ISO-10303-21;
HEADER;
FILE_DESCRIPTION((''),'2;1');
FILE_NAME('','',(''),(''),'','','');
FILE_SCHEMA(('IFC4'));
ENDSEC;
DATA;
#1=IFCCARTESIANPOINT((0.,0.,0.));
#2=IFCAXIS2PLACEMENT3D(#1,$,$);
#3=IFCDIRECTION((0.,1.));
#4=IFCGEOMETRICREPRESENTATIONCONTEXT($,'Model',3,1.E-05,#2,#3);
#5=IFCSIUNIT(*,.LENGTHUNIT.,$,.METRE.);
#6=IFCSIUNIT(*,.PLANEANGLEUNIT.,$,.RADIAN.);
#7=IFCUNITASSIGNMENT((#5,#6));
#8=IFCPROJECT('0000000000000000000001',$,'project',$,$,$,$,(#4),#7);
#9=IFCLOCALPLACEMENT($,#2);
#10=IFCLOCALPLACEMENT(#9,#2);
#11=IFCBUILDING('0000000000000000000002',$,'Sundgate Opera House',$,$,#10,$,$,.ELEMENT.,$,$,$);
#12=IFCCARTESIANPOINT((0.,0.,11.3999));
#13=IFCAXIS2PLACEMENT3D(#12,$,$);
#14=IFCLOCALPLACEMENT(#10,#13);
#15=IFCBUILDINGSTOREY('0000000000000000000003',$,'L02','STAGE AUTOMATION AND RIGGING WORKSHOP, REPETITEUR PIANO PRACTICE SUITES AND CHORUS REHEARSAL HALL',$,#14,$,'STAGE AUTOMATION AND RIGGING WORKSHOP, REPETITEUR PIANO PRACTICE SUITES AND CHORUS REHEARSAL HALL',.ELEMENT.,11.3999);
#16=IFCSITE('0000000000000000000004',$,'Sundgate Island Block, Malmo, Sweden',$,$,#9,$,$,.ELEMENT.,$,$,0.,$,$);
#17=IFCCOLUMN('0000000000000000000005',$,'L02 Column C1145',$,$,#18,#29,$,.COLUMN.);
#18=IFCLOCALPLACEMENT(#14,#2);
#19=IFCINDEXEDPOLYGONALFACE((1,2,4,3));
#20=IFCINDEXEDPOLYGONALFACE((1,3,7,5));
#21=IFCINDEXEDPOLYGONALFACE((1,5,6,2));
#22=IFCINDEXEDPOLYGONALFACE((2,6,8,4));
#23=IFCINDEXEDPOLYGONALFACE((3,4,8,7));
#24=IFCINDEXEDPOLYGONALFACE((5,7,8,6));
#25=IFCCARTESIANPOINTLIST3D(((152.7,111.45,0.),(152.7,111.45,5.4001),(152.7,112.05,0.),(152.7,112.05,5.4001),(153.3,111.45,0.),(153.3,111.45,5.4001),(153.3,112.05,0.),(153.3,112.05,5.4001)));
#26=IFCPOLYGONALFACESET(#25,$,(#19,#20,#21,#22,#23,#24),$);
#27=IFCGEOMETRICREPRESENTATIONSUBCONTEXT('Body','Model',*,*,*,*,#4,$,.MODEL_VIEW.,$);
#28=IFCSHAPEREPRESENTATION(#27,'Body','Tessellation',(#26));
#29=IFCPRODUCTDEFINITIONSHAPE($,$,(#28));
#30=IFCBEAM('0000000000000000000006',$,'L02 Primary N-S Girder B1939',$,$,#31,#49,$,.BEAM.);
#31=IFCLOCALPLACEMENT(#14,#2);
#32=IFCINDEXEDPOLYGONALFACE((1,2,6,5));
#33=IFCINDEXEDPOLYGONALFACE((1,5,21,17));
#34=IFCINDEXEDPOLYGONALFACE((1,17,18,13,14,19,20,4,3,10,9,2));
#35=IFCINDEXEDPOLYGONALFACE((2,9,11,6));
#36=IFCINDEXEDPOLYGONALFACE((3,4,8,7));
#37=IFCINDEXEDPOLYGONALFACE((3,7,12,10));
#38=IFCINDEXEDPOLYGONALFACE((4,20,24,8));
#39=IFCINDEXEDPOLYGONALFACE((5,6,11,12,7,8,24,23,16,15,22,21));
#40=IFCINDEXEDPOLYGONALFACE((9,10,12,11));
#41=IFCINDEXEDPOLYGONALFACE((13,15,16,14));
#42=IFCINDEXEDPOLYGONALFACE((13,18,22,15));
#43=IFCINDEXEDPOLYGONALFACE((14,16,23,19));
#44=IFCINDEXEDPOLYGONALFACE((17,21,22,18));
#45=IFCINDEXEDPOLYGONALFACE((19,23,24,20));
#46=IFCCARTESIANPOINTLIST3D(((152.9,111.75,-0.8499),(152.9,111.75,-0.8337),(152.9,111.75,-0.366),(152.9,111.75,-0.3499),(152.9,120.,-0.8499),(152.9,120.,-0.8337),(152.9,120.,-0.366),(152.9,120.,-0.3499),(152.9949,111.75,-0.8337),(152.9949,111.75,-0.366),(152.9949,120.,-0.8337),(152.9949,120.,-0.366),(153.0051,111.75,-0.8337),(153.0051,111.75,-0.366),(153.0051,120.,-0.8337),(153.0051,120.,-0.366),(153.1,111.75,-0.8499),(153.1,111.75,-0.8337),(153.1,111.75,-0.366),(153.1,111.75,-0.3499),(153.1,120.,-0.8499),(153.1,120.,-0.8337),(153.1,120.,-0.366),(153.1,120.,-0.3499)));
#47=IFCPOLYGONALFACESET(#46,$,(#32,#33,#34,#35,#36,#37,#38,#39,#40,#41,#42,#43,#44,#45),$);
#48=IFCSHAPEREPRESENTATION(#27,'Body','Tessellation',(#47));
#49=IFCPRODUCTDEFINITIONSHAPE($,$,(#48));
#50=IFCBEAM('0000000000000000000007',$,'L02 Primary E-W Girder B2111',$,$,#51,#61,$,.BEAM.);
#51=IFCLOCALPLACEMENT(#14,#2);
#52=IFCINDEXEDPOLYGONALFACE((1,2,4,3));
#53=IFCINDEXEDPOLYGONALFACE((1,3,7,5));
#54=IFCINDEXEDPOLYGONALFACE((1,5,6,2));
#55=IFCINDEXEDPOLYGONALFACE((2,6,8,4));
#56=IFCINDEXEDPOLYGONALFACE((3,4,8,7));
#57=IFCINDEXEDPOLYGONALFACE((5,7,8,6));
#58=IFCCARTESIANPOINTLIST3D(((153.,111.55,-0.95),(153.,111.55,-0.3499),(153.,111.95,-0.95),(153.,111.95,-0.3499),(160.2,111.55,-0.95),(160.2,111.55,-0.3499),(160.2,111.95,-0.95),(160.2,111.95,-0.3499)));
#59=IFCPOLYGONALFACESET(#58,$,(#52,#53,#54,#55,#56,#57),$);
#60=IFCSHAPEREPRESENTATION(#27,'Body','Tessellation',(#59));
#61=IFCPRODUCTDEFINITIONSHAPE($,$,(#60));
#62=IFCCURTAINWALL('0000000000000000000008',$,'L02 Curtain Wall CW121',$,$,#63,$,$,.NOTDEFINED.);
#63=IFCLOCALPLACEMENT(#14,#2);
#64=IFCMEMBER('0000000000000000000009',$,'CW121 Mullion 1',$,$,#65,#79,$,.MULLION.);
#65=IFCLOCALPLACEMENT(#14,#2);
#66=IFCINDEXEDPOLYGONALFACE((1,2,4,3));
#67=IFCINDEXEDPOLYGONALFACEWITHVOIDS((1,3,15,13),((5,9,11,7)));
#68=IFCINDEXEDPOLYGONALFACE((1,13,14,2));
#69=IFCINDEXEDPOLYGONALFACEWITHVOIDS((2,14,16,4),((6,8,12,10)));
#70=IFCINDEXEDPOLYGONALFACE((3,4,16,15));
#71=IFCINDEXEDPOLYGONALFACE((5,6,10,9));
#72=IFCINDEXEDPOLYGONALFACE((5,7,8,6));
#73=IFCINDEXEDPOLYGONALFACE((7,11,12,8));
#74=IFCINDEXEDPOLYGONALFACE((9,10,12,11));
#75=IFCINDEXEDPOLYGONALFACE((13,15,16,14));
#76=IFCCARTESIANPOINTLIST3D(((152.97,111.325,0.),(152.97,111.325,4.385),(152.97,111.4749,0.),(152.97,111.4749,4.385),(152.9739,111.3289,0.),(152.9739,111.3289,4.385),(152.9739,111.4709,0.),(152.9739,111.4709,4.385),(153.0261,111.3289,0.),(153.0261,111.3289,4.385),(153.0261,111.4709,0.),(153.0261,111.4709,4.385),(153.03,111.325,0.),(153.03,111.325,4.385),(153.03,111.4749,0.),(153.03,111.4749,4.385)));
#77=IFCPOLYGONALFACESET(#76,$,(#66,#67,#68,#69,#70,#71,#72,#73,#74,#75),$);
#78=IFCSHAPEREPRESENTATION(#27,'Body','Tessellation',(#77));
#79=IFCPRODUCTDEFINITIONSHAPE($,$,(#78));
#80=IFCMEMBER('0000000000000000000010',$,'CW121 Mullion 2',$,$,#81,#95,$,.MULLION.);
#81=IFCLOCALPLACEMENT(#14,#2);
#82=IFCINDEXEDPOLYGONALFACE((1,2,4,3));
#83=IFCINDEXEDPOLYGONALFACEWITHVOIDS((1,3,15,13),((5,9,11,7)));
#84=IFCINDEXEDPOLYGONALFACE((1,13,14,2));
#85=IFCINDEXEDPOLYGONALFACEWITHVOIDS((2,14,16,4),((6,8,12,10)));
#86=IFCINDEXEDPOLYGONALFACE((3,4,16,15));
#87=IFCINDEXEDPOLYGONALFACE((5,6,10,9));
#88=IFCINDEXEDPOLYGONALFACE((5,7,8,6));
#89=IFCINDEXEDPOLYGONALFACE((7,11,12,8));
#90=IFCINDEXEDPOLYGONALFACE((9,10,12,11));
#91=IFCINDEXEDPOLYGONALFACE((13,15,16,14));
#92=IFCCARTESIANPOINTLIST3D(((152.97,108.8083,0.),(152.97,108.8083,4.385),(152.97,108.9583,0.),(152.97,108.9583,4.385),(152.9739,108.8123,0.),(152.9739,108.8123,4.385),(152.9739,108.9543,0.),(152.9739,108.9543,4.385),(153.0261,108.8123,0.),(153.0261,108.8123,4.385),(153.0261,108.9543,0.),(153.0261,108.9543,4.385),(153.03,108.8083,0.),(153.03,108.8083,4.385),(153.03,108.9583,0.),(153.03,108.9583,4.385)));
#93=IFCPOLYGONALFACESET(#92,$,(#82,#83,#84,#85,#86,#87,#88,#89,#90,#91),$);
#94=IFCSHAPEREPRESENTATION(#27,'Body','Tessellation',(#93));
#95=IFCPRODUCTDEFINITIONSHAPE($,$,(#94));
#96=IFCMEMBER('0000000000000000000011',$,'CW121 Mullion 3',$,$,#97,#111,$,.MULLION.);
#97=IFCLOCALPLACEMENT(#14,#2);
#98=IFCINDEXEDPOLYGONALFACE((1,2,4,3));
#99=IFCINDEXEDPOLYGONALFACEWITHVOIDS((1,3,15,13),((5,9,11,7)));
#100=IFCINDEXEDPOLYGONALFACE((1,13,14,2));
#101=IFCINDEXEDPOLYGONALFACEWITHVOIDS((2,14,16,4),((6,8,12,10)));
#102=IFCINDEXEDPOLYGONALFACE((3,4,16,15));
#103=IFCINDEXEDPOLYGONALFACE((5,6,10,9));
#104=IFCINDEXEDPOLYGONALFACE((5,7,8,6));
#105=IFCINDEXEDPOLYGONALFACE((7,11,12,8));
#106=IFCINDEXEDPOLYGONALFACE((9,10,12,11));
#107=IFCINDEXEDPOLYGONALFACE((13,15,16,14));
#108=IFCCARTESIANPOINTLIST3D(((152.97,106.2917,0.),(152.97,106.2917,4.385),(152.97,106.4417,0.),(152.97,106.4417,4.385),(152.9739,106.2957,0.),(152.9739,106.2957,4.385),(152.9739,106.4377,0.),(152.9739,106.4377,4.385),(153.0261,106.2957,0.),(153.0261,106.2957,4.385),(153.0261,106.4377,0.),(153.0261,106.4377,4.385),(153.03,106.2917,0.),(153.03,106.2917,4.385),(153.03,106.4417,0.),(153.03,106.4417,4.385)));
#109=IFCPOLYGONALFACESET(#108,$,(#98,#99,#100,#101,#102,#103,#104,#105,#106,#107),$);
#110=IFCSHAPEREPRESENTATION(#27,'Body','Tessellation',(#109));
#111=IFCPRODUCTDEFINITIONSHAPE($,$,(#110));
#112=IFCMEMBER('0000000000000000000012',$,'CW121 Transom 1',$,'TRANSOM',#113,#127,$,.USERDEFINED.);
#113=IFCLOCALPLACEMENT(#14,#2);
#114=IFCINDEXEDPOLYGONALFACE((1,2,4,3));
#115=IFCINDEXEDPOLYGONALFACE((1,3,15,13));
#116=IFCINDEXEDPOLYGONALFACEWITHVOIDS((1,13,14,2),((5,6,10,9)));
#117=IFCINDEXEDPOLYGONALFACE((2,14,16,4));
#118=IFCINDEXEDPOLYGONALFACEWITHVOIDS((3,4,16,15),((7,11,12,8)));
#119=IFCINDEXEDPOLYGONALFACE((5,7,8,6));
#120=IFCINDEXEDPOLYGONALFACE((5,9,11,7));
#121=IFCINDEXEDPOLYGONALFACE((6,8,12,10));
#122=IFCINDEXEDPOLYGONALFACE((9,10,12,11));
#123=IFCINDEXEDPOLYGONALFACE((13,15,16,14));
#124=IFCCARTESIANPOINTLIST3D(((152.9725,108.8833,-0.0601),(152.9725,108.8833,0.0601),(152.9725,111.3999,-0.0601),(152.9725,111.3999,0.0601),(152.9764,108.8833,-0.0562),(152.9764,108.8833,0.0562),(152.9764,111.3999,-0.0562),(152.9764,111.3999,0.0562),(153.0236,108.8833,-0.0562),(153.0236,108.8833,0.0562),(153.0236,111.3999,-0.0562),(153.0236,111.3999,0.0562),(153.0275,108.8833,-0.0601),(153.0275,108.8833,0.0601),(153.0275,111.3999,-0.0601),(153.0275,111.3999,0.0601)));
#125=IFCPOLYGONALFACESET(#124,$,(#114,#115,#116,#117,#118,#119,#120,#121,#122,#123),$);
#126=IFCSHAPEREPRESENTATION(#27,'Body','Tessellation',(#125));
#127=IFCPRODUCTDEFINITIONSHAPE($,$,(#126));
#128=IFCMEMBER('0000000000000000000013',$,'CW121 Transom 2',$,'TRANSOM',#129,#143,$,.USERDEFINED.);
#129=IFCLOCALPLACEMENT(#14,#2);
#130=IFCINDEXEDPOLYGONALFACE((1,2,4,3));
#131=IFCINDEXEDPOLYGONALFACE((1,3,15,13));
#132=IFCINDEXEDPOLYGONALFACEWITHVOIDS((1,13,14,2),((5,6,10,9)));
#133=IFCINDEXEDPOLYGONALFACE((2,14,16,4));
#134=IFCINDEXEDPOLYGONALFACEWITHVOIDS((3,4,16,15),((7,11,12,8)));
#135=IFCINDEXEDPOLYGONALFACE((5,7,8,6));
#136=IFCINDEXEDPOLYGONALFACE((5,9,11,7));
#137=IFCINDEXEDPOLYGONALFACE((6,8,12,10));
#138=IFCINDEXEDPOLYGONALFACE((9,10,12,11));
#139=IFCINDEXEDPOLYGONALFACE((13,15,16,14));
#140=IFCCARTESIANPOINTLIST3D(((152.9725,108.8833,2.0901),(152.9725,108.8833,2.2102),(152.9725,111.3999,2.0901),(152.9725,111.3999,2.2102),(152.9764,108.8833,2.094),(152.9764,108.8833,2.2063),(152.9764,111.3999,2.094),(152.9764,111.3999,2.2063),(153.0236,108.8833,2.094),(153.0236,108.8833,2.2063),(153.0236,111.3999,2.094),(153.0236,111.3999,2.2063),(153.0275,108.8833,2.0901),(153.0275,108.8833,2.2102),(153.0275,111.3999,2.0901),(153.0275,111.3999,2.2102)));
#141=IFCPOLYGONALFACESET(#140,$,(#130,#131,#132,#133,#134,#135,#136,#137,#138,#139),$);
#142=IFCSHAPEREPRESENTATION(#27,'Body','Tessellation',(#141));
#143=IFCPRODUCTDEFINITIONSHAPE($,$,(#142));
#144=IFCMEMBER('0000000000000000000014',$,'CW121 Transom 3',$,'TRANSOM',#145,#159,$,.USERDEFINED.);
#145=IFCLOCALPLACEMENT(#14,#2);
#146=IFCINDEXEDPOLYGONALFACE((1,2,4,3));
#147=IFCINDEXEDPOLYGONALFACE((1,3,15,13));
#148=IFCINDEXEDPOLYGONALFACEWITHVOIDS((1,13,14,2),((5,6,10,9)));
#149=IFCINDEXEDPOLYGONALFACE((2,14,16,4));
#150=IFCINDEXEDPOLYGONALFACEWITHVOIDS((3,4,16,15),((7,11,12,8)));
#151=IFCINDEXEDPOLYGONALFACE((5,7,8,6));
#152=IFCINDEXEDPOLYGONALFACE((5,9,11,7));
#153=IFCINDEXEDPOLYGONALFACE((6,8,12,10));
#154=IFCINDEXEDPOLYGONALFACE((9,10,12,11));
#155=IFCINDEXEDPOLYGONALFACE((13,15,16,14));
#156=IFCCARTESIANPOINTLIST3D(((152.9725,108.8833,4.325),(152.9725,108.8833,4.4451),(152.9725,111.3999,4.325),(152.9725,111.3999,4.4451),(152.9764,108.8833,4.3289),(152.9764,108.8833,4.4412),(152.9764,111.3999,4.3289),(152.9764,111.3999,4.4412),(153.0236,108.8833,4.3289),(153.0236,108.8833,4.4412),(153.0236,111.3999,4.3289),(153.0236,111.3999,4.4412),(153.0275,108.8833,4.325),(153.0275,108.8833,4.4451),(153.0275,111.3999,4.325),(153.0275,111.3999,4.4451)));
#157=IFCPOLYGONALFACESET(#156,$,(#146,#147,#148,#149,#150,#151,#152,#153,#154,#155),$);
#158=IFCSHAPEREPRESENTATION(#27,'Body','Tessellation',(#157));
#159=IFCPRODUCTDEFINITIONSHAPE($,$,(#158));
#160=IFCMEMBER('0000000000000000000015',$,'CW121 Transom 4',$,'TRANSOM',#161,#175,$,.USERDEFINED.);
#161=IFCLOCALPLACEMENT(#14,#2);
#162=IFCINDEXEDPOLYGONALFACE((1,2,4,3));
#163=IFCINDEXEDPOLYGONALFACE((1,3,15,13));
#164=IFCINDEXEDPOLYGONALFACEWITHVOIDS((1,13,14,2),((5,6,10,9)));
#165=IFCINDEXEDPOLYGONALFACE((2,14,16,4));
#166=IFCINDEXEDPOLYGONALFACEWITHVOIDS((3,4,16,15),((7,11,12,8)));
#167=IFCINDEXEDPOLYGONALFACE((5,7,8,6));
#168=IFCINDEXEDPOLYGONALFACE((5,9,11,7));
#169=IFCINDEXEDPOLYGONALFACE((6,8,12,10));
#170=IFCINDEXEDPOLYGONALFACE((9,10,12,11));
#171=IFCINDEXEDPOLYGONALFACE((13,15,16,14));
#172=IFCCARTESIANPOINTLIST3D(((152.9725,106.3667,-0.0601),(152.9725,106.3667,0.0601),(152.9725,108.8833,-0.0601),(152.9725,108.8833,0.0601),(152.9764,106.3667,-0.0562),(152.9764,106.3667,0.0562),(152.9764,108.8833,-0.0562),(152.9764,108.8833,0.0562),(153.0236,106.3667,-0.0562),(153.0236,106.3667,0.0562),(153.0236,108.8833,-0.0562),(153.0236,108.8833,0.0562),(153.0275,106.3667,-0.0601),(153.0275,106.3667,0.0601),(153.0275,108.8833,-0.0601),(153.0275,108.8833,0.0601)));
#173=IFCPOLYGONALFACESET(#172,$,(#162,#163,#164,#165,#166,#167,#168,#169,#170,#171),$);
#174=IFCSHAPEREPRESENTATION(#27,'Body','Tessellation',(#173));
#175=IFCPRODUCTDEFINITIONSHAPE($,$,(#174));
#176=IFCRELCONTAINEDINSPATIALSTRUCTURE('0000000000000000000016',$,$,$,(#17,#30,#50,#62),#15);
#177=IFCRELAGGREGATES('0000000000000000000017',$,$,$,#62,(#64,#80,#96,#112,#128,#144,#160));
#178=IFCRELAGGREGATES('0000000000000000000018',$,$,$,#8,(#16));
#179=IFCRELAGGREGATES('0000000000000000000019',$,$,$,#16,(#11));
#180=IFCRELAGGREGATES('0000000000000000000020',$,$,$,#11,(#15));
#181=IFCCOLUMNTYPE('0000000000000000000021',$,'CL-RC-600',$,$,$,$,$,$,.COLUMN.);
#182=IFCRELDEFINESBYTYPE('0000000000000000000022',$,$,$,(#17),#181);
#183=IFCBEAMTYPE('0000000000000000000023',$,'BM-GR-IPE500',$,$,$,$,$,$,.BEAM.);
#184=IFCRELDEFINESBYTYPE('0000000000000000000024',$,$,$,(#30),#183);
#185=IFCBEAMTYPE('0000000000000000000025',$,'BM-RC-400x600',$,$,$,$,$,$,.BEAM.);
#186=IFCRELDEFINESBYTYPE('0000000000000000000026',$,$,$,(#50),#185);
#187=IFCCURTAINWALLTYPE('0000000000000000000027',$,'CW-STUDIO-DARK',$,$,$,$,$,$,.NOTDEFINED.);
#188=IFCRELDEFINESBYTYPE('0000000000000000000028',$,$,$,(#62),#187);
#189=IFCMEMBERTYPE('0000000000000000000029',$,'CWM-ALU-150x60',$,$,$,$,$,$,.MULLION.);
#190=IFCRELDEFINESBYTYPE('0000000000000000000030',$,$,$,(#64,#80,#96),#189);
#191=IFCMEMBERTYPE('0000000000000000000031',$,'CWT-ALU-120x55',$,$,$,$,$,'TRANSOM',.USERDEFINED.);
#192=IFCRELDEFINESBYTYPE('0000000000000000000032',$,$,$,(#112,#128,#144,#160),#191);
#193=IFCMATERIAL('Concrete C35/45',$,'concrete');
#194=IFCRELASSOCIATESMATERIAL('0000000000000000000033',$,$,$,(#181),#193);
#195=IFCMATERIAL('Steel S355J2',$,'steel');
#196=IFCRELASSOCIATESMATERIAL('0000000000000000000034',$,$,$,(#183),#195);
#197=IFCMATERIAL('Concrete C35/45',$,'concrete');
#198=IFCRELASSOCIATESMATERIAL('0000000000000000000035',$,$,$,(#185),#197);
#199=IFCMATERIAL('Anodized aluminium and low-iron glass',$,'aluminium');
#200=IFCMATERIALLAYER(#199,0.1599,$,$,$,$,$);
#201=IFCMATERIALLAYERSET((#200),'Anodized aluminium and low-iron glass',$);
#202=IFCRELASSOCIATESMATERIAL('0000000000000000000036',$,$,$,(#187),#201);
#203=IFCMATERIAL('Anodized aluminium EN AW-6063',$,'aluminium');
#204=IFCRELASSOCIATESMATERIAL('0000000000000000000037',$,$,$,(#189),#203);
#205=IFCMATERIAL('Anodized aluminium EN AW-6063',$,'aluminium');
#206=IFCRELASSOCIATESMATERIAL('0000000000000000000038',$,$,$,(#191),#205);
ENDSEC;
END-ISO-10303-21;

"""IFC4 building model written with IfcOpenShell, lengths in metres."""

from ifc_helpers import new_model, si_unit, direction, frame, origin, origin_2d, place, context, subcontext, project, spatial, rectangle, hollow_rectangle, i_section, extrude, material, layer, layer_set, material_profile, profile_set, type_object, element, aggregate, save


model = new_model("IFC4")

# Units and contexts
model_context = context("Model", 3, precision=1e-05, world=origin(), true_north=direction((0.0, 1.0)))
body_context = subcontext(model_context, "Body", "Model", "MODEL_VIEW")
ifc_project = project(units=[si_unit("LENGTHUNIT", "METRE"), si_unit("PLANEANGLEUNIT", "RADIAN")], contexts=[model_context])

# Site, building, storey
site_placement = place(None, origin())
site = spatial("IfcSite", under=ifc_project, at=site_placement, Name="Sundgate Island Block, Malmo, Sweden", CompositionType="ELEMENT", RefElevation=0.0)
building_placement = place(site_placement, origin())
building = spatial("IfcBuilding", under=site, at=building_placement, Name="Sundgate Opera House", CompositionType="ELEMENT")
storey_placement = place(building_placement, frame((0.0, 0.0, 11.3999)))
storey = spatial("IfcBuildingStorey", under=building, at=storey_placement, Name="L02", Description="STAGE AUTOMATION AND RIGGING WORKSHOP, REPETITEUR PIANO PRACTICE SUITES AND CHORUS REHEARSAL HALL", LongName="STAGE AUTOMATION AND RIGGING WORKSHOP, REPETITEUR PIANO PRACTICE SUITES AND CHORUS REHEARSAL HALL", CompositionType="ELEMENT", Elevation=11.3999)

# Column
ifc_material_1 = material(Name="Concrete C35/45", Category="concrete")
ifc_material_profile_1 = material_profile(ifc_material_1, rectangle(XDim=0.6001, YDim=0.6001, at=origin_2d()), Name="RC 600x600")
ifc_profile_set_1 = profile_set([ifc_material_profile_1], Name="Concrete C35/45")
column_type = type_object("IfcColumnType", Name="CL-RC-600", PredefinedType="COLUMN", material=ifc_profile_set_1)
column_placement = place(storey_placement, frame((153.0, 111.75, 0.0), z_axis=(0.0, 0.0, 1.0), x_axis=(1.0, 0.0, 0.0)))
element("IfcColumn", 1, at=column_placement, inside=storey, type_object=column_type, Name="L02 Column C1145", PredefinedType="COLUMN", context=body_context, shape_type="SweptSolid", body=[
    extrude(rectangle(XDim=0.6001, YDim=0.6001, at=origin_2d()), origin(), (0.0, 0.0, 1.0), 5.4001),
])

# Beams
ifc_material_2 = material(Name="Steel S355J2", Category="steel")
ifc_material_profile_2 = material_profile(ifc_material_2, i_section(OverallWidth=0.2, OverallDepth=0.5, WebThickness=0.0103, FlangeThickness=0.0161, at=origin_2d()), Name="IPE 500")
ifc_profile_set_2 = profile_set([ifc_material_profile_2], Name="Steel S355J2")
beam_type_1 = type_object("IfcBeamType", Name="BM-GR-IPE500", PredefinedType="BEAM", material=ifc_profile_set_2)
beam_1_placement = place(storey_placement, frame((153.0, 111.75, -0.5999), z_axis=(0.0, 1.0, 0.0), x_axis=(-1.0, 0.0, 0.0)))
element("IfcBeam", 2, at=beam_1_placement, inside=storey, type_object=beam_type_1, Name="L02 Primary N-S Girder B1939", PredefinedType="BEAM", context=body_context, shape_type="SweptSolid", body=[
    extrude(i_section(OverallWidth=0.2, OverallDepth=0.5, WebThickness=0.0103, FlangeThickness=0.0161, at=origin_2d()), origin(), (0.0, 0.0, 1.0), 8.25),
])
ifc_material_3 = material(Name="Concrete C35/45", Category="concrete")
ifc_material_profile_3 = material_profile(ifc_material_3, rectangle(XDim=0.3999, YDim=0.6001, at=origin_2d()), Name="RC 400x600")
ifc_profile_set_3 = profile_set([ifc_material_profile_3], Name="Concrete C35/45")
beam_type_2 = type_object("IfcBeamType", Name="BM-RC-400x600", PredefinedType="BEAM", material=ifc_profile_set_3)
beam_2_placement = place(storey_placement, frame((153.0, 111.75, -0.6499), z_axis=(1.0, 0.0, 0.0), x_axis=(0.0, 1.0, 0.0)))
element("IfcBeam", 3, at=beam_2_placement, inside=storey, type_object=beam_type_2, Name="L02 Primary E-W Girder B2111", PredefinedType="BEAM", context=body_context, shape_type="SweptSolid", body=[
    extrude(rectangle(XDim=0.3999, YDim=0.6001, at=origin_2d()), origin(), (0.0, 0.0, 1.0), 7.2),
])

# Curtain wall, members
ifc_material_4 = material(Name="Anodized aluminium and low-iron glass", Category="aluminium")
ifc_layer_1 = layer(ifc_material_4, 0.1599)
ifc_layer_set_1 = layer_set([ifc_layer_1], Name="Anodized aluminium and low-iron glass")
curtain_wall_type = type_object("IfcCurtainWallType", Name="CW-STUDIO-DARK", PredefinedType="NOTDEFINED", material=ifc_layer_set_1)
curtain_wall_placement = place(storey_placement, origin())
curtain_wall = element("IfcCurtainWall", 4, at=curtain_wall_placement, inside=storey, type_object=curtain_wall_type, Name="L02 Curtain Wall CW121", PredefinedType="NOTDEFINED")
ifc_material_5 = material(Name="Anodized aluminium EN AW-6063", Category="aluminium")
ifc_material_profile_4 = material_profile(ifc_material_5, hollow_rectangle(XDim=0.0601, YDim=0.1499, WallThickness=0.0039, at=origin_2d()), Name="CWM 150x60x4")
ifc_profile_set_4 = profile_set([ifc_material_profile_4], Name="Anodized aluminium EN AW-6063")
member_type_1 = type_object("IfcMemberType", Name="CWM-ALU-150x60", PredefinedType="MULLION", material=ifc_profile_set_4)
member_1_placement = place(storey_placement, frame((153.0, 111.3999, 0.0), z_axis=(0.0, 0.0, 1.0), x_axis=(1.0, 0.0, 0.0)))
member_1 = element("IfcMember", 5, at=member_1_placement, type_object=member_type_1, Name="CW121 Mullion 1", PredefinedType="MULLION", context=body_context, shape_type="SweptSolid", body=[
    extrude(hollow_rectangle(XDim=0.0601, YDim=0.1499, WallThickness=0.0039, at=origin_2d()), origin(), (0.0, 0.0, 1.0), 4.385),
])
member_2_placement = place(storey_placement, frame((153.0, 108.8833, 0.0), z_axis=(0.0, 0.0, 1.0), x_axis=(1.0, 0.0, 0.0)))
member_2 = element("IfcMember", 6, at=member_2_placement, type_object=member_type_1, Name="CW121 Mullion 2", PredefinedType="MULLION", context=body_context, shape_type="SweptSolid", body=[
    extrude(hollow_rectangle(XDim=0.0601, YDim=0.1499, WallThickness=0.0039, at=origin_2d()), origin(), (0.0, 0.0, 1.0), 4.385),
])
member_3_placement = place(storey_placement, frame((153.0, 106.3667, 0.0), z_axis=(0.0, 0.0, 1.0), x_axis=(1.0, 0.0, 0.0)))
member_3 = element("IfcMember", 7, at=member_3_placement, type_object=member_type_1, Name="CW121 Mullion 3", PredefinedType="MULLION", context=body_context, shape_type="SweptSolid", body=[
    extrude(hollow_rectangle(XDim=0.0601, YDim=0.1499, WallThickness=0.0039, at=origin_2d()), origin(), (0.0, 0.0, 1.0), 4.385),
])
ifc_material_6 = material(Name="Anodized aluminium EN AW-6063", Category="aluminium")
ifc_material_profile_5 = material_profile(ifc_material_6, hollow_rectangle(XDim=0.0549, YDim=0.1201, WallThickness=0.0039, at=origin_2d()), Name="CWT 120x55x4")
ifc_profile_set_5 = profile_set([ifc_material_profile_5], Name="Anodized aluminium EN AW-6063")
member_type_2 = type_object("IfcMemberType", Name="CWT-ALU-120x55", ElementType="TRANSOM", PredefinedType="USERDEFINED", material=ifc_profile_set_5)
member_4_placement = place(storey_placement, frame((153.0, 111.3999, 0.0), z_axis=(0.0, -1.0, 0.0), x_axis=(1.0, 0.0, 0.0)))
member_4 = element("IfcMember", 8, at=member_4_placement, type_object=member_type_2, Name="CW121 Transom 1", ObjectType="TRANSOM", PredefinedType="USERDEFINED", context=body_context, shape_type="SweptSolid", body=[
    extrude(hollow_rectangle(XDim=0.0549, YDim=0.1201, WallThickness=0.0039, at=origin_2d()), origin(), (0.0, 0.0, 1.0), 2.5166),
])
member_5_placement = place(storey_placement, frame((153.0, 111.3999, 2.1501), z_axis=(0.0, -1.0, 0.0), x_axis=(1.0, 0.0, 0.0)))
member_5 = element("IfcMember", 9, at=member_5_placement, type_object=member_type_2, Name="CW121 Transom 2", ObjectType="TRANSOM", PredefinedType="USERDEFINED", context=body_context, shape_type="SweptSolid", body=[
    extrude(hollow_rectangle(XDim=0.0549, YDim=0.1201, WallThickness=0.0039, at=origin_2d()), origin(), (0.0, 0.0, 1.0), 2.5166),
])
member_6_placement = place(storey_placement, frame((153.0, 111.3999, 4.385), z_axis=(0.0, -1.0, 0.0), x_axis=(1.0, 0.0, 0.0)))
member_6 = element("IfcMember", 10, at=member_6_placement, type_object=member_type_2, Name="CW121 Transom 3", ObjectType="TRANSOM", PredefinedType="USERDEFINED", context=body_context, shape_type="SweptSolid", body=[
    extrude(hollow_rectangle(XDim=0.0549, YDim=0.1201, WallThickness=0.0039, at=origin_2d()), origin(), (0.0, 0.0, 1.0), 2.5166),
])
member_7_placement = place(storey_placement, frame((153.0, 108.8833, 0.0), z_axis=(0.0, -1.0, 0.0), x_axis=(1.0, 0.0, 0.0)))
member_7 = element("IfcMember", 11, at=member_7_placement, type_object=member_type_2, Name="CW121 Transom 4", ObjectType="TRANSOM", PredefinedType="USERDEFINED", context=body_context, shape_type="SweptSolid", body=[
    extrude(hollow_rectangle(XDim=0.0549, YDim=0.1201, WallThickness=0.0039, at=origin_2d()), origin(), (0.0, 0.0, 1.0), 2.5166),
])
aggregate(curtain_wall, [member_1, member_2, member_3, member_4, member_5, member_6, member_7])

save(model, "model.ifc")
